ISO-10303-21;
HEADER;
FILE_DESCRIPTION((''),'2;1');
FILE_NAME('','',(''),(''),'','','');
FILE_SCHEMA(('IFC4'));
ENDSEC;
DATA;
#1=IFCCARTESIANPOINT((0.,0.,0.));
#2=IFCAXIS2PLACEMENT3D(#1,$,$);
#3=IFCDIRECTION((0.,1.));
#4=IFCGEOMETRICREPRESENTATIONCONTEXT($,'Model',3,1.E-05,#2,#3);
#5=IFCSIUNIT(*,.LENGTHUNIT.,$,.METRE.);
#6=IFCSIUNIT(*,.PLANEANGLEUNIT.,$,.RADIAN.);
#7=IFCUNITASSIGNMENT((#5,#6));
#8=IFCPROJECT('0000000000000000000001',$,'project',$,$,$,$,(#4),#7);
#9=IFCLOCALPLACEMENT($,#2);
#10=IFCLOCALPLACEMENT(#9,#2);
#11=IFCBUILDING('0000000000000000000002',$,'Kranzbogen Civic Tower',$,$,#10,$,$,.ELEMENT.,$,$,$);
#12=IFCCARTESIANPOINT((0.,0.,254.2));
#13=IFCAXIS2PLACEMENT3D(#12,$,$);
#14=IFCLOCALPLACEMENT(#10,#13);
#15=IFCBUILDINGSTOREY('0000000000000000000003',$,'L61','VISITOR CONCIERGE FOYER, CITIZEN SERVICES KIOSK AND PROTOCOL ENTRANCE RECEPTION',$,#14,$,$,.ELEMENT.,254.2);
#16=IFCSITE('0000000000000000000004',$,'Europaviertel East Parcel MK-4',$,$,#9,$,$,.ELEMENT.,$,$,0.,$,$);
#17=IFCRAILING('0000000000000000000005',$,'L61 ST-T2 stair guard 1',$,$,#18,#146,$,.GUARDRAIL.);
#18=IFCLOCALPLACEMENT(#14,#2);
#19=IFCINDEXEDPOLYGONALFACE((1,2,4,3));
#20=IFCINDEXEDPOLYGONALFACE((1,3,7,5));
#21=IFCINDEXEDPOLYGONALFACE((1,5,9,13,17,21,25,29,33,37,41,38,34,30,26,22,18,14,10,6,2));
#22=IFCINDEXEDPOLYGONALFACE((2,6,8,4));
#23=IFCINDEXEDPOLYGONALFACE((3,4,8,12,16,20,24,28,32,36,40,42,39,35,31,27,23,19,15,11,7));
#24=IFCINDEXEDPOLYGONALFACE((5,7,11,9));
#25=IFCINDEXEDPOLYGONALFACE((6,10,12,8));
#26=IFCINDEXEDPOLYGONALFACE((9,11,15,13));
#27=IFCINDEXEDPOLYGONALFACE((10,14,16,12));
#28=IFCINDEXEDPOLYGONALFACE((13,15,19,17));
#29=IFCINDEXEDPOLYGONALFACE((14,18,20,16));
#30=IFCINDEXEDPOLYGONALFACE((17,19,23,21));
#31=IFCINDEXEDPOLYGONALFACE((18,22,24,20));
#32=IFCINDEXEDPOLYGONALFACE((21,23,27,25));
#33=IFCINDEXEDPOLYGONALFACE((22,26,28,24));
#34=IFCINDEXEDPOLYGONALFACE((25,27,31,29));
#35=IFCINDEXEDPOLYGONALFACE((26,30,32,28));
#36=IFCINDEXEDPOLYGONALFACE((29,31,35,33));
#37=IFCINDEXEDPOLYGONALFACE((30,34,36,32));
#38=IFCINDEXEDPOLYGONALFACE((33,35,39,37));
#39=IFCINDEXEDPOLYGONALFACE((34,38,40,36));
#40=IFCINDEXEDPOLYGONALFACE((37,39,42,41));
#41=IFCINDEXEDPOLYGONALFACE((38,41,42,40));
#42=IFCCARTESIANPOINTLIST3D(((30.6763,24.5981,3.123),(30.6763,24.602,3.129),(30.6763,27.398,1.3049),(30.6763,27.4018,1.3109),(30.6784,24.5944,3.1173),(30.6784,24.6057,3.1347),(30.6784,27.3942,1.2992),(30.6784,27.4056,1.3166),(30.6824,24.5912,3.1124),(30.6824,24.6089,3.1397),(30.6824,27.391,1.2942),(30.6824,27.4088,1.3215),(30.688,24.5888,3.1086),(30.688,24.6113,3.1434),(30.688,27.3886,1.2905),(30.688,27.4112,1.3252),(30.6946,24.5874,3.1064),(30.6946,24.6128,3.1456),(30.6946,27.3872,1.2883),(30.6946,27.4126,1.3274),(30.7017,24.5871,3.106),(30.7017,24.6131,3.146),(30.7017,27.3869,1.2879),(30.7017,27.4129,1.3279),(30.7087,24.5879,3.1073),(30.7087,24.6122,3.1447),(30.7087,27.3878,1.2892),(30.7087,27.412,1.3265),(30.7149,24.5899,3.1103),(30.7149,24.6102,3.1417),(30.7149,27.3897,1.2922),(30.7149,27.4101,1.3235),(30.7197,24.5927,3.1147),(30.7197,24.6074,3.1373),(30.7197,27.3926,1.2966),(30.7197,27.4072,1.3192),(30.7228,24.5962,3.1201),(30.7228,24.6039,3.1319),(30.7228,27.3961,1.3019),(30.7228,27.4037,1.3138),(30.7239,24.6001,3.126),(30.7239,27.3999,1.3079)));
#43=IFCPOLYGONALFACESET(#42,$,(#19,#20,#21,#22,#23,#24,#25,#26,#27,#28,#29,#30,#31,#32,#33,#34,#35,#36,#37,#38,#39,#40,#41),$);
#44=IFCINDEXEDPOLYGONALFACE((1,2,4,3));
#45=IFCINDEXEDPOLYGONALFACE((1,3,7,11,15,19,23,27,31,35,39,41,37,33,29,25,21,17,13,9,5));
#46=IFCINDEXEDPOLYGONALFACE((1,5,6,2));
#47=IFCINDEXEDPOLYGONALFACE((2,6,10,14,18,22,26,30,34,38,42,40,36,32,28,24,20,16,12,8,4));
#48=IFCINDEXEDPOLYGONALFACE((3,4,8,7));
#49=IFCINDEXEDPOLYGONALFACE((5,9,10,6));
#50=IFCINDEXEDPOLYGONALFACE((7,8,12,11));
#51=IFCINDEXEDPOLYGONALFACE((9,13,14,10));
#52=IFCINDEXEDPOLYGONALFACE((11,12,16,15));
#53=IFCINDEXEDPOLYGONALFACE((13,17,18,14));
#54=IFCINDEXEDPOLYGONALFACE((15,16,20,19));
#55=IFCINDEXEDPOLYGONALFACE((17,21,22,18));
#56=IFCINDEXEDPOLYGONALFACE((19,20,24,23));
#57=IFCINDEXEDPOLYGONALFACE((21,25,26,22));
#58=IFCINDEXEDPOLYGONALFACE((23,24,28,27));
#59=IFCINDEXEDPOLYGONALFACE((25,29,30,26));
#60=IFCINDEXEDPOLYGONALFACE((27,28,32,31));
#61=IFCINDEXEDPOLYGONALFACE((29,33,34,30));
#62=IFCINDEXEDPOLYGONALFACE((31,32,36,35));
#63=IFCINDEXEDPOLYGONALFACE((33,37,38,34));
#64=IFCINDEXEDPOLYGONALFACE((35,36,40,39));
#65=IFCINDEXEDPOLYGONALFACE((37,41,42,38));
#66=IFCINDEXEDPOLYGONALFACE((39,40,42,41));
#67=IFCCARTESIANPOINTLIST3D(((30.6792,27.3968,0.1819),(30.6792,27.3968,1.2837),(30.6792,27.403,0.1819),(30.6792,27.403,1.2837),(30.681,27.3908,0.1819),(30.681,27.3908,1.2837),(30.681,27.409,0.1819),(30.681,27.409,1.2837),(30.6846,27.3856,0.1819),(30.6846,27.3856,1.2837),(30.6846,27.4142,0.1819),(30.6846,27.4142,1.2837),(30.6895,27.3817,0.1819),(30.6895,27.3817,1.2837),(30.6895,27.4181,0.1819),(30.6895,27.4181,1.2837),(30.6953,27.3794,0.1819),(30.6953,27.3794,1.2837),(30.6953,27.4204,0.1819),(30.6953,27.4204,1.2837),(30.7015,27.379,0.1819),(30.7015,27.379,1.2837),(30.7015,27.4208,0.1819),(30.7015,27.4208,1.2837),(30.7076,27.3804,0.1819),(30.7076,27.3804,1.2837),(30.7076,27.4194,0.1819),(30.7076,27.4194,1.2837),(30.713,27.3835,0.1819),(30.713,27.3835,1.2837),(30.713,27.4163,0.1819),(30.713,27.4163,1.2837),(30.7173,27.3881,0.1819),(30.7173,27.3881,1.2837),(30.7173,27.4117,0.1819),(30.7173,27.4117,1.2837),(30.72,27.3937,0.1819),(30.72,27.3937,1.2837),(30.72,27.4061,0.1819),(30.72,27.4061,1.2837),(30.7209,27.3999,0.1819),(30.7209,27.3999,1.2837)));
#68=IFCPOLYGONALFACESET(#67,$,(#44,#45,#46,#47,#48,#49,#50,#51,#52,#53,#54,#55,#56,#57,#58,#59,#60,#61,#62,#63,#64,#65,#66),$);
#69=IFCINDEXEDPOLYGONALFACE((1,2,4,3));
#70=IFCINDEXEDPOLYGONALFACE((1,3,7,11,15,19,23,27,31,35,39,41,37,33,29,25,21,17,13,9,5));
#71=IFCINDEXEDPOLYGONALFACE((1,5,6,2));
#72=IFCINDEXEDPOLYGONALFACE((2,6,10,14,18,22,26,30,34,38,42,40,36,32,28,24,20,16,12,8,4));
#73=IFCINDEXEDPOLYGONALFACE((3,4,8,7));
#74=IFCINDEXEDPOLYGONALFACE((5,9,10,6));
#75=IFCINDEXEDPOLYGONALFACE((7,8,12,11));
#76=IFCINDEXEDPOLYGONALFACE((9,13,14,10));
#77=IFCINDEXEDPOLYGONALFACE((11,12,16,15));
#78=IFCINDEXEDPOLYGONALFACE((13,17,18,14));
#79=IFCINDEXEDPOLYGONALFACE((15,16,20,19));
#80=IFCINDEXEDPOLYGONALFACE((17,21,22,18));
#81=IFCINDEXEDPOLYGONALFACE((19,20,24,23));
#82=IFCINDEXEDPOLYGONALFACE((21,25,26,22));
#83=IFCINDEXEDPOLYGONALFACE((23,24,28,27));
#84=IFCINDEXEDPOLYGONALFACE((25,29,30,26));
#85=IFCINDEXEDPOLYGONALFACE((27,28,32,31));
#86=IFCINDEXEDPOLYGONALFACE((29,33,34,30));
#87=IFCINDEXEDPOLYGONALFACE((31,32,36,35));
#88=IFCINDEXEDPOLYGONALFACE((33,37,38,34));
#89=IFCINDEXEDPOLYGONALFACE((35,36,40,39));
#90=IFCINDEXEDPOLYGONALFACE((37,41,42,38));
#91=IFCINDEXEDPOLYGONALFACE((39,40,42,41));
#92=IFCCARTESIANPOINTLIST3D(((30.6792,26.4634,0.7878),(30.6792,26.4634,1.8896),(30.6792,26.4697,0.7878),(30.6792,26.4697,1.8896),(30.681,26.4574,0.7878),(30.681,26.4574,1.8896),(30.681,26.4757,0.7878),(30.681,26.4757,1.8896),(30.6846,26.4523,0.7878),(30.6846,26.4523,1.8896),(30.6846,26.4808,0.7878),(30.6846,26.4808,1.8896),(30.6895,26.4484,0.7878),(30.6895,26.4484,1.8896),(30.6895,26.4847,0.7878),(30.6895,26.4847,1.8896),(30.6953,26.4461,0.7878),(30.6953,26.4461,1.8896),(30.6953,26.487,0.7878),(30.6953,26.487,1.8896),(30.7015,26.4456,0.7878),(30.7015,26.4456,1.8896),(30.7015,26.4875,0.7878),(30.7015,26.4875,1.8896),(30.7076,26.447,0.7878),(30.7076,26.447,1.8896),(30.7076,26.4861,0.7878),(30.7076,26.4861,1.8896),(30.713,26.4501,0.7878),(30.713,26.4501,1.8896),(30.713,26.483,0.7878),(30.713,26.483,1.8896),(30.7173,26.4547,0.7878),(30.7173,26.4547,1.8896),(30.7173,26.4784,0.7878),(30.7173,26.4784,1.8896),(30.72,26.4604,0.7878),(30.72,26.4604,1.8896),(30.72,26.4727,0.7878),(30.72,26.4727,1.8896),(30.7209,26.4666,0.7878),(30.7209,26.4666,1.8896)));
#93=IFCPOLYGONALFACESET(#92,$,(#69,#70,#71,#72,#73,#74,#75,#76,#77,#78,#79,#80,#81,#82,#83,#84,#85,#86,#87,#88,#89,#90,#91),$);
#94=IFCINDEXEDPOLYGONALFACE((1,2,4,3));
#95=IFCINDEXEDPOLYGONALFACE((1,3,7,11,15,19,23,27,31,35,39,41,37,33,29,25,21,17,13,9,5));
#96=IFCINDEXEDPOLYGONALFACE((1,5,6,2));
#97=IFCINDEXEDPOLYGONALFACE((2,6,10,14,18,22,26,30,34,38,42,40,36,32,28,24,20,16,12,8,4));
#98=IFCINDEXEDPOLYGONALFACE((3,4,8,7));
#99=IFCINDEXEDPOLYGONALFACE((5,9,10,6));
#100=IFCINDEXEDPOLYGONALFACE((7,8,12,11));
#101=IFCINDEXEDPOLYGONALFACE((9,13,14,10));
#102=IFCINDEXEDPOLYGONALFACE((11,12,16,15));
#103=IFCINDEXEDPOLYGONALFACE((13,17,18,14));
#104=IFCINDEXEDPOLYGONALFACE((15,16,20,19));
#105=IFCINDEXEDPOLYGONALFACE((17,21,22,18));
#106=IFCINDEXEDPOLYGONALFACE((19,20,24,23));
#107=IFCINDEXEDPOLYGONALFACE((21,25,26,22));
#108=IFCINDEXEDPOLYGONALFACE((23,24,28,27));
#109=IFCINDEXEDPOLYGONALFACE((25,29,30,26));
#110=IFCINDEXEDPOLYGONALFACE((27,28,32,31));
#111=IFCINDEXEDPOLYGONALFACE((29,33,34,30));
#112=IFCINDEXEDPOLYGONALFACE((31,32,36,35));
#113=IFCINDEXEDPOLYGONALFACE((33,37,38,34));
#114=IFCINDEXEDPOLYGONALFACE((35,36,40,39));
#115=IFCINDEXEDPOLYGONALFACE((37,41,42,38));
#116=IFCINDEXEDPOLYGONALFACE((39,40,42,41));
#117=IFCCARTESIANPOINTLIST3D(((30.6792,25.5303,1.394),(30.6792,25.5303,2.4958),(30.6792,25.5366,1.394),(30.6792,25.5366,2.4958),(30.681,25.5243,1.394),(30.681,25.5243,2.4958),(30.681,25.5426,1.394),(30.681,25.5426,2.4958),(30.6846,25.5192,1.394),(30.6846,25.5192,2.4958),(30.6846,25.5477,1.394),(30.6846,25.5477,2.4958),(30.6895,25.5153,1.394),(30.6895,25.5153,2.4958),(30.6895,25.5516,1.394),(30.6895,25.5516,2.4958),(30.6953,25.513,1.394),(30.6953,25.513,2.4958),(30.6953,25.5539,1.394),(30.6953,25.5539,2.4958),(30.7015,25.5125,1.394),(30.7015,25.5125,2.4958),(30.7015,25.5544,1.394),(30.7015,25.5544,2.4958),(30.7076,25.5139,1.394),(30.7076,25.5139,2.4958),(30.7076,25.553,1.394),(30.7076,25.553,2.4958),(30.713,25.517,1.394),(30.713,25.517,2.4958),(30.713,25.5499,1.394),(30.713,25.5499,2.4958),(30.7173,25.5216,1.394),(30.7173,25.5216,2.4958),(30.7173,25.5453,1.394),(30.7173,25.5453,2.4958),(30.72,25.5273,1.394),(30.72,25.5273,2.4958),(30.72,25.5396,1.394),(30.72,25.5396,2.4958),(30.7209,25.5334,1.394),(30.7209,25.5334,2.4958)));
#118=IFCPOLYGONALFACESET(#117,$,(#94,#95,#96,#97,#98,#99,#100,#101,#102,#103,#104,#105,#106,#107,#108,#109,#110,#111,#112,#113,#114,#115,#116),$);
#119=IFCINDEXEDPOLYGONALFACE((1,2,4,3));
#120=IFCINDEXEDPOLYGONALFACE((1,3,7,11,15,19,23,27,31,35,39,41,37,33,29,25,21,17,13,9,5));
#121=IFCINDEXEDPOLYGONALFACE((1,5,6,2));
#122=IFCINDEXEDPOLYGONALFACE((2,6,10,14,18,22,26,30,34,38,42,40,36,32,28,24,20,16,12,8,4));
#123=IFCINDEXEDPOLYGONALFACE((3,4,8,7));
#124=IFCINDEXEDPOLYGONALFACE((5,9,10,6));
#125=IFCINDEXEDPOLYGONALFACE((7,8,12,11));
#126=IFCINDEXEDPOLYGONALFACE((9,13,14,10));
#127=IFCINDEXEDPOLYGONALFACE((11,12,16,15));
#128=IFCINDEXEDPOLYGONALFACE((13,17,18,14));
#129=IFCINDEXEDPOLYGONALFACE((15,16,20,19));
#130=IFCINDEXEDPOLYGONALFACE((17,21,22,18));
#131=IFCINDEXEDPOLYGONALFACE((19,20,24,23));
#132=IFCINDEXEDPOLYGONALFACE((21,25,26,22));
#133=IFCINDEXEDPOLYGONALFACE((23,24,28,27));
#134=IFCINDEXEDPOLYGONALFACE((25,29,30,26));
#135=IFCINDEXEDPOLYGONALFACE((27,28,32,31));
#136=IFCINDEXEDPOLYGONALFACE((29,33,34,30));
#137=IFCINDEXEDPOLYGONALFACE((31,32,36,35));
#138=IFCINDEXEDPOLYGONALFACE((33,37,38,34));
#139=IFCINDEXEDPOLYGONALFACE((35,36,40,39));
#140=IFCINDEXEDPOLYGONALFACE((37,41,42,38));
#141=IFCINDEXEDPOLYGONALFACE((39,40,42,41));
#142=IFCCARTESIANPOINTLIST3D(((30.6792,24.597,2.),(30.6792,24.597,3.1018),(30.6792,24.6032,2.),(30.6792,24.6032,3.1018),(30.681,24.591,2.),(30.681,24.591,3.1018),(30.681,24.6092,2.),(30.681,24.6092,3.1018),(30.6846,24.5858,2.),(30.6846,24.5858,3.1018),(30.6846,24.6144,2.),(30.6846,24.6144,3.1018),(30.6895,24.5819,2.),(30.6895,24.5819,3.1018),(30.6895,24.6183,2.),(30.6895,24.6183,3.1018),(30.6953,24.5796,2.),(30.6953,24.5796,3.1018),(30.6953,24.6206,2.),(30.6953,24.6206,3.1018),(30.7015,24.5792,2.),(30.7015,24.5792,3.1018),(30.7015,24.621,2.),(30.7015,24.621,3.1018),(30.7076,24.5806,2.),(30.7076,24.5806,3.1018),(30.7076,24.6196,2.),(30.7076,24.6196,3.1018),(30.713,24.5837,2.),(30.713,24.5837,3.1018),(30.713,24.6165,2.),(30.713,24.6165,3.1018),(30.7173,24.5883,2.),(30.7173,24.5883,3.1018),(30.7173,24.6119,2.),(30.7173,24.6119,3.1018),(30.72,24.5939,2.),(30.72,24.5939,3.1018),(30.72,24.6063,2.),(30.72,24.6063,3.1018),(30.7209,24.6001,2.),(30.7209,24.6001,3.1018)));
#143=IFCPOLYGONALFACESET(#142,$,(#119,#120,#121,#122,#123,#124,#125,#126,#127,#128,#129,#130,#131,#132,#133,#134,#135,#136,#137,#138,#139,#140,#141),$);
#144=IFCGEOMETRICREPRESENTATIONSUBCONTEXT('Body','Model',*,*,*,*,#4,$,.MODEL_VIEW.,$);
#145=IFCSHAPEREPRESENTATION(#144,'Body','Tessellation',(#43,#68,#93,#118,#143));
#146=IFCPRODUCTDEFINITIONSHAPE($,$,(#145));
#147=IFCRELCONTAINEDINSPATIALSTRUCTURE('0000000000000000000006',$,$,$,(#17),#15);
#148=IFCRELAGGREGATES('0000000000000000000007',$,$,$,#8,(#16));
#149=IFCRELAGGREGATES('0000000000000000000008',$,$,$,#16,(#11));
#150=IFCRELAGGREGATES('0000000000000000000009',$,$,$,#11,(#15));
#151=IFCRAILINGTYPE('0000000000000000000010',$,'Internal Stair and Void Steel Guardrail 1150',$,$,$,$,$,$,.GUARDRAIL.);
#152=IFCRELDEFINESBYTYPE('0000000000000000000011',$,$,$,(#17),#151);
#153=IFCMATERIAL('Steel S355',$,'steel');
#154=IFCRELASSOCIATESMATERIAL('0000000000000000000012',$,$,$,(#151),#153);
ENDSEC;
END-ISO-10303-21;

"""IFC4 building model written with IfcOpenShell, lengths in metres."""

from ifc_helpers import new_model, si_unit, direction, frame, origin, origin_2d, place, context, subcontext, project, spatial, circle, extrude, material, type_object, element, save


model = new_model("IFC4")

# Units and contexts
model_context = context("Model", 3, precision=1e-05, world=origin(), true_north=direction((0.0, 1.0)))
body_context = subcontext(model_context, "Body", "Model", "MODEL_VIEW")
ifc_project = project(units=[si_unit("LENGTHUNIT", "METRE"), si_unit("PLANEANGLEUNIT", "RADIAN")], contexts=[model_context])

# Site, building, storey
site_placement = place(None, origin())
site = spatial("IfcSite", under=ifc_project, at=site_placement, Name="Europaviertel East Parcel MK-4", CompositionType="ELEMENT", RefElevation=0.0)
building_placement = place(site_placement, origin())
building = spatial("IfcBuilding", under=site, at=building_placement, Name="Kranzbogen Civic Tower", CompositionType="ELEMENT")
storey_placement = place(building_placement, frame((0.0, 0.0, 254.2)))
storey = spatial("IfcBuildingStorey", under=building, at=storey_placement, Name="L61", Description="VISITOR CONCIERGE FOYER, CITIZEN SERVICES KIOSK AND PROTOCOL ENTRANCE RECEPTION", CompositionType="ELEMENT", Elevation=254.2)

# Shared definitions
ifc_material_1 = material(Name="Steel S355", Category="steel")

# Railing
railing_type_1 = type_object("IfcRailingType", Name="Internal Stair and Void Steel Guardrail 1150", PredefinedType="GUARDRAIL", material=ifc_material_1)
railing_1_placement = place(storey_placement, frame((30.7, 27.3999, 0.1819)))
element("IfcRailing", 1, at=railing_1_placement, inside=storey, type_object=railing_type_1, Name="L61 ST-T2 stair guard 1", PredefinedType="GUARDRAIL", context=body_context, shape_type="SweptSolid", body=[
    extrude(circle(Radius=0.0239, at=origin_2d()), frame((0.0, 0.0, 1.126), z_axis=(0.0, -0.838684, 0.544618), x_axis=(1.0, 0.0, 0.0)), (0.0, 0.0, 1.0), 3.3384),
    extrude(circle(Radius=0.021, at=origin_2d()), origin(), (0.0, 0.0, 1.0), 1.1018),
    extrude(circle(Radius=0.021, at=origin_2d()), frame((0.0, -0.9333, 0.606)), (0.0, 0.0, 1.0), 1.1018),
    extrude(circle(Radius=0.021, at=origin_2d()), frame((0.0, -1.8665, 1.2122)), (0.0, 0.0, 1.0), 1.1018),
    extrude(circle(Radius=0.021, at=origin_2d()), frame((0.0, -2.7998, 1.8181)), (0.0, 0.0, 1.0), 1.1018),
])

save(model, "model.ifc")
